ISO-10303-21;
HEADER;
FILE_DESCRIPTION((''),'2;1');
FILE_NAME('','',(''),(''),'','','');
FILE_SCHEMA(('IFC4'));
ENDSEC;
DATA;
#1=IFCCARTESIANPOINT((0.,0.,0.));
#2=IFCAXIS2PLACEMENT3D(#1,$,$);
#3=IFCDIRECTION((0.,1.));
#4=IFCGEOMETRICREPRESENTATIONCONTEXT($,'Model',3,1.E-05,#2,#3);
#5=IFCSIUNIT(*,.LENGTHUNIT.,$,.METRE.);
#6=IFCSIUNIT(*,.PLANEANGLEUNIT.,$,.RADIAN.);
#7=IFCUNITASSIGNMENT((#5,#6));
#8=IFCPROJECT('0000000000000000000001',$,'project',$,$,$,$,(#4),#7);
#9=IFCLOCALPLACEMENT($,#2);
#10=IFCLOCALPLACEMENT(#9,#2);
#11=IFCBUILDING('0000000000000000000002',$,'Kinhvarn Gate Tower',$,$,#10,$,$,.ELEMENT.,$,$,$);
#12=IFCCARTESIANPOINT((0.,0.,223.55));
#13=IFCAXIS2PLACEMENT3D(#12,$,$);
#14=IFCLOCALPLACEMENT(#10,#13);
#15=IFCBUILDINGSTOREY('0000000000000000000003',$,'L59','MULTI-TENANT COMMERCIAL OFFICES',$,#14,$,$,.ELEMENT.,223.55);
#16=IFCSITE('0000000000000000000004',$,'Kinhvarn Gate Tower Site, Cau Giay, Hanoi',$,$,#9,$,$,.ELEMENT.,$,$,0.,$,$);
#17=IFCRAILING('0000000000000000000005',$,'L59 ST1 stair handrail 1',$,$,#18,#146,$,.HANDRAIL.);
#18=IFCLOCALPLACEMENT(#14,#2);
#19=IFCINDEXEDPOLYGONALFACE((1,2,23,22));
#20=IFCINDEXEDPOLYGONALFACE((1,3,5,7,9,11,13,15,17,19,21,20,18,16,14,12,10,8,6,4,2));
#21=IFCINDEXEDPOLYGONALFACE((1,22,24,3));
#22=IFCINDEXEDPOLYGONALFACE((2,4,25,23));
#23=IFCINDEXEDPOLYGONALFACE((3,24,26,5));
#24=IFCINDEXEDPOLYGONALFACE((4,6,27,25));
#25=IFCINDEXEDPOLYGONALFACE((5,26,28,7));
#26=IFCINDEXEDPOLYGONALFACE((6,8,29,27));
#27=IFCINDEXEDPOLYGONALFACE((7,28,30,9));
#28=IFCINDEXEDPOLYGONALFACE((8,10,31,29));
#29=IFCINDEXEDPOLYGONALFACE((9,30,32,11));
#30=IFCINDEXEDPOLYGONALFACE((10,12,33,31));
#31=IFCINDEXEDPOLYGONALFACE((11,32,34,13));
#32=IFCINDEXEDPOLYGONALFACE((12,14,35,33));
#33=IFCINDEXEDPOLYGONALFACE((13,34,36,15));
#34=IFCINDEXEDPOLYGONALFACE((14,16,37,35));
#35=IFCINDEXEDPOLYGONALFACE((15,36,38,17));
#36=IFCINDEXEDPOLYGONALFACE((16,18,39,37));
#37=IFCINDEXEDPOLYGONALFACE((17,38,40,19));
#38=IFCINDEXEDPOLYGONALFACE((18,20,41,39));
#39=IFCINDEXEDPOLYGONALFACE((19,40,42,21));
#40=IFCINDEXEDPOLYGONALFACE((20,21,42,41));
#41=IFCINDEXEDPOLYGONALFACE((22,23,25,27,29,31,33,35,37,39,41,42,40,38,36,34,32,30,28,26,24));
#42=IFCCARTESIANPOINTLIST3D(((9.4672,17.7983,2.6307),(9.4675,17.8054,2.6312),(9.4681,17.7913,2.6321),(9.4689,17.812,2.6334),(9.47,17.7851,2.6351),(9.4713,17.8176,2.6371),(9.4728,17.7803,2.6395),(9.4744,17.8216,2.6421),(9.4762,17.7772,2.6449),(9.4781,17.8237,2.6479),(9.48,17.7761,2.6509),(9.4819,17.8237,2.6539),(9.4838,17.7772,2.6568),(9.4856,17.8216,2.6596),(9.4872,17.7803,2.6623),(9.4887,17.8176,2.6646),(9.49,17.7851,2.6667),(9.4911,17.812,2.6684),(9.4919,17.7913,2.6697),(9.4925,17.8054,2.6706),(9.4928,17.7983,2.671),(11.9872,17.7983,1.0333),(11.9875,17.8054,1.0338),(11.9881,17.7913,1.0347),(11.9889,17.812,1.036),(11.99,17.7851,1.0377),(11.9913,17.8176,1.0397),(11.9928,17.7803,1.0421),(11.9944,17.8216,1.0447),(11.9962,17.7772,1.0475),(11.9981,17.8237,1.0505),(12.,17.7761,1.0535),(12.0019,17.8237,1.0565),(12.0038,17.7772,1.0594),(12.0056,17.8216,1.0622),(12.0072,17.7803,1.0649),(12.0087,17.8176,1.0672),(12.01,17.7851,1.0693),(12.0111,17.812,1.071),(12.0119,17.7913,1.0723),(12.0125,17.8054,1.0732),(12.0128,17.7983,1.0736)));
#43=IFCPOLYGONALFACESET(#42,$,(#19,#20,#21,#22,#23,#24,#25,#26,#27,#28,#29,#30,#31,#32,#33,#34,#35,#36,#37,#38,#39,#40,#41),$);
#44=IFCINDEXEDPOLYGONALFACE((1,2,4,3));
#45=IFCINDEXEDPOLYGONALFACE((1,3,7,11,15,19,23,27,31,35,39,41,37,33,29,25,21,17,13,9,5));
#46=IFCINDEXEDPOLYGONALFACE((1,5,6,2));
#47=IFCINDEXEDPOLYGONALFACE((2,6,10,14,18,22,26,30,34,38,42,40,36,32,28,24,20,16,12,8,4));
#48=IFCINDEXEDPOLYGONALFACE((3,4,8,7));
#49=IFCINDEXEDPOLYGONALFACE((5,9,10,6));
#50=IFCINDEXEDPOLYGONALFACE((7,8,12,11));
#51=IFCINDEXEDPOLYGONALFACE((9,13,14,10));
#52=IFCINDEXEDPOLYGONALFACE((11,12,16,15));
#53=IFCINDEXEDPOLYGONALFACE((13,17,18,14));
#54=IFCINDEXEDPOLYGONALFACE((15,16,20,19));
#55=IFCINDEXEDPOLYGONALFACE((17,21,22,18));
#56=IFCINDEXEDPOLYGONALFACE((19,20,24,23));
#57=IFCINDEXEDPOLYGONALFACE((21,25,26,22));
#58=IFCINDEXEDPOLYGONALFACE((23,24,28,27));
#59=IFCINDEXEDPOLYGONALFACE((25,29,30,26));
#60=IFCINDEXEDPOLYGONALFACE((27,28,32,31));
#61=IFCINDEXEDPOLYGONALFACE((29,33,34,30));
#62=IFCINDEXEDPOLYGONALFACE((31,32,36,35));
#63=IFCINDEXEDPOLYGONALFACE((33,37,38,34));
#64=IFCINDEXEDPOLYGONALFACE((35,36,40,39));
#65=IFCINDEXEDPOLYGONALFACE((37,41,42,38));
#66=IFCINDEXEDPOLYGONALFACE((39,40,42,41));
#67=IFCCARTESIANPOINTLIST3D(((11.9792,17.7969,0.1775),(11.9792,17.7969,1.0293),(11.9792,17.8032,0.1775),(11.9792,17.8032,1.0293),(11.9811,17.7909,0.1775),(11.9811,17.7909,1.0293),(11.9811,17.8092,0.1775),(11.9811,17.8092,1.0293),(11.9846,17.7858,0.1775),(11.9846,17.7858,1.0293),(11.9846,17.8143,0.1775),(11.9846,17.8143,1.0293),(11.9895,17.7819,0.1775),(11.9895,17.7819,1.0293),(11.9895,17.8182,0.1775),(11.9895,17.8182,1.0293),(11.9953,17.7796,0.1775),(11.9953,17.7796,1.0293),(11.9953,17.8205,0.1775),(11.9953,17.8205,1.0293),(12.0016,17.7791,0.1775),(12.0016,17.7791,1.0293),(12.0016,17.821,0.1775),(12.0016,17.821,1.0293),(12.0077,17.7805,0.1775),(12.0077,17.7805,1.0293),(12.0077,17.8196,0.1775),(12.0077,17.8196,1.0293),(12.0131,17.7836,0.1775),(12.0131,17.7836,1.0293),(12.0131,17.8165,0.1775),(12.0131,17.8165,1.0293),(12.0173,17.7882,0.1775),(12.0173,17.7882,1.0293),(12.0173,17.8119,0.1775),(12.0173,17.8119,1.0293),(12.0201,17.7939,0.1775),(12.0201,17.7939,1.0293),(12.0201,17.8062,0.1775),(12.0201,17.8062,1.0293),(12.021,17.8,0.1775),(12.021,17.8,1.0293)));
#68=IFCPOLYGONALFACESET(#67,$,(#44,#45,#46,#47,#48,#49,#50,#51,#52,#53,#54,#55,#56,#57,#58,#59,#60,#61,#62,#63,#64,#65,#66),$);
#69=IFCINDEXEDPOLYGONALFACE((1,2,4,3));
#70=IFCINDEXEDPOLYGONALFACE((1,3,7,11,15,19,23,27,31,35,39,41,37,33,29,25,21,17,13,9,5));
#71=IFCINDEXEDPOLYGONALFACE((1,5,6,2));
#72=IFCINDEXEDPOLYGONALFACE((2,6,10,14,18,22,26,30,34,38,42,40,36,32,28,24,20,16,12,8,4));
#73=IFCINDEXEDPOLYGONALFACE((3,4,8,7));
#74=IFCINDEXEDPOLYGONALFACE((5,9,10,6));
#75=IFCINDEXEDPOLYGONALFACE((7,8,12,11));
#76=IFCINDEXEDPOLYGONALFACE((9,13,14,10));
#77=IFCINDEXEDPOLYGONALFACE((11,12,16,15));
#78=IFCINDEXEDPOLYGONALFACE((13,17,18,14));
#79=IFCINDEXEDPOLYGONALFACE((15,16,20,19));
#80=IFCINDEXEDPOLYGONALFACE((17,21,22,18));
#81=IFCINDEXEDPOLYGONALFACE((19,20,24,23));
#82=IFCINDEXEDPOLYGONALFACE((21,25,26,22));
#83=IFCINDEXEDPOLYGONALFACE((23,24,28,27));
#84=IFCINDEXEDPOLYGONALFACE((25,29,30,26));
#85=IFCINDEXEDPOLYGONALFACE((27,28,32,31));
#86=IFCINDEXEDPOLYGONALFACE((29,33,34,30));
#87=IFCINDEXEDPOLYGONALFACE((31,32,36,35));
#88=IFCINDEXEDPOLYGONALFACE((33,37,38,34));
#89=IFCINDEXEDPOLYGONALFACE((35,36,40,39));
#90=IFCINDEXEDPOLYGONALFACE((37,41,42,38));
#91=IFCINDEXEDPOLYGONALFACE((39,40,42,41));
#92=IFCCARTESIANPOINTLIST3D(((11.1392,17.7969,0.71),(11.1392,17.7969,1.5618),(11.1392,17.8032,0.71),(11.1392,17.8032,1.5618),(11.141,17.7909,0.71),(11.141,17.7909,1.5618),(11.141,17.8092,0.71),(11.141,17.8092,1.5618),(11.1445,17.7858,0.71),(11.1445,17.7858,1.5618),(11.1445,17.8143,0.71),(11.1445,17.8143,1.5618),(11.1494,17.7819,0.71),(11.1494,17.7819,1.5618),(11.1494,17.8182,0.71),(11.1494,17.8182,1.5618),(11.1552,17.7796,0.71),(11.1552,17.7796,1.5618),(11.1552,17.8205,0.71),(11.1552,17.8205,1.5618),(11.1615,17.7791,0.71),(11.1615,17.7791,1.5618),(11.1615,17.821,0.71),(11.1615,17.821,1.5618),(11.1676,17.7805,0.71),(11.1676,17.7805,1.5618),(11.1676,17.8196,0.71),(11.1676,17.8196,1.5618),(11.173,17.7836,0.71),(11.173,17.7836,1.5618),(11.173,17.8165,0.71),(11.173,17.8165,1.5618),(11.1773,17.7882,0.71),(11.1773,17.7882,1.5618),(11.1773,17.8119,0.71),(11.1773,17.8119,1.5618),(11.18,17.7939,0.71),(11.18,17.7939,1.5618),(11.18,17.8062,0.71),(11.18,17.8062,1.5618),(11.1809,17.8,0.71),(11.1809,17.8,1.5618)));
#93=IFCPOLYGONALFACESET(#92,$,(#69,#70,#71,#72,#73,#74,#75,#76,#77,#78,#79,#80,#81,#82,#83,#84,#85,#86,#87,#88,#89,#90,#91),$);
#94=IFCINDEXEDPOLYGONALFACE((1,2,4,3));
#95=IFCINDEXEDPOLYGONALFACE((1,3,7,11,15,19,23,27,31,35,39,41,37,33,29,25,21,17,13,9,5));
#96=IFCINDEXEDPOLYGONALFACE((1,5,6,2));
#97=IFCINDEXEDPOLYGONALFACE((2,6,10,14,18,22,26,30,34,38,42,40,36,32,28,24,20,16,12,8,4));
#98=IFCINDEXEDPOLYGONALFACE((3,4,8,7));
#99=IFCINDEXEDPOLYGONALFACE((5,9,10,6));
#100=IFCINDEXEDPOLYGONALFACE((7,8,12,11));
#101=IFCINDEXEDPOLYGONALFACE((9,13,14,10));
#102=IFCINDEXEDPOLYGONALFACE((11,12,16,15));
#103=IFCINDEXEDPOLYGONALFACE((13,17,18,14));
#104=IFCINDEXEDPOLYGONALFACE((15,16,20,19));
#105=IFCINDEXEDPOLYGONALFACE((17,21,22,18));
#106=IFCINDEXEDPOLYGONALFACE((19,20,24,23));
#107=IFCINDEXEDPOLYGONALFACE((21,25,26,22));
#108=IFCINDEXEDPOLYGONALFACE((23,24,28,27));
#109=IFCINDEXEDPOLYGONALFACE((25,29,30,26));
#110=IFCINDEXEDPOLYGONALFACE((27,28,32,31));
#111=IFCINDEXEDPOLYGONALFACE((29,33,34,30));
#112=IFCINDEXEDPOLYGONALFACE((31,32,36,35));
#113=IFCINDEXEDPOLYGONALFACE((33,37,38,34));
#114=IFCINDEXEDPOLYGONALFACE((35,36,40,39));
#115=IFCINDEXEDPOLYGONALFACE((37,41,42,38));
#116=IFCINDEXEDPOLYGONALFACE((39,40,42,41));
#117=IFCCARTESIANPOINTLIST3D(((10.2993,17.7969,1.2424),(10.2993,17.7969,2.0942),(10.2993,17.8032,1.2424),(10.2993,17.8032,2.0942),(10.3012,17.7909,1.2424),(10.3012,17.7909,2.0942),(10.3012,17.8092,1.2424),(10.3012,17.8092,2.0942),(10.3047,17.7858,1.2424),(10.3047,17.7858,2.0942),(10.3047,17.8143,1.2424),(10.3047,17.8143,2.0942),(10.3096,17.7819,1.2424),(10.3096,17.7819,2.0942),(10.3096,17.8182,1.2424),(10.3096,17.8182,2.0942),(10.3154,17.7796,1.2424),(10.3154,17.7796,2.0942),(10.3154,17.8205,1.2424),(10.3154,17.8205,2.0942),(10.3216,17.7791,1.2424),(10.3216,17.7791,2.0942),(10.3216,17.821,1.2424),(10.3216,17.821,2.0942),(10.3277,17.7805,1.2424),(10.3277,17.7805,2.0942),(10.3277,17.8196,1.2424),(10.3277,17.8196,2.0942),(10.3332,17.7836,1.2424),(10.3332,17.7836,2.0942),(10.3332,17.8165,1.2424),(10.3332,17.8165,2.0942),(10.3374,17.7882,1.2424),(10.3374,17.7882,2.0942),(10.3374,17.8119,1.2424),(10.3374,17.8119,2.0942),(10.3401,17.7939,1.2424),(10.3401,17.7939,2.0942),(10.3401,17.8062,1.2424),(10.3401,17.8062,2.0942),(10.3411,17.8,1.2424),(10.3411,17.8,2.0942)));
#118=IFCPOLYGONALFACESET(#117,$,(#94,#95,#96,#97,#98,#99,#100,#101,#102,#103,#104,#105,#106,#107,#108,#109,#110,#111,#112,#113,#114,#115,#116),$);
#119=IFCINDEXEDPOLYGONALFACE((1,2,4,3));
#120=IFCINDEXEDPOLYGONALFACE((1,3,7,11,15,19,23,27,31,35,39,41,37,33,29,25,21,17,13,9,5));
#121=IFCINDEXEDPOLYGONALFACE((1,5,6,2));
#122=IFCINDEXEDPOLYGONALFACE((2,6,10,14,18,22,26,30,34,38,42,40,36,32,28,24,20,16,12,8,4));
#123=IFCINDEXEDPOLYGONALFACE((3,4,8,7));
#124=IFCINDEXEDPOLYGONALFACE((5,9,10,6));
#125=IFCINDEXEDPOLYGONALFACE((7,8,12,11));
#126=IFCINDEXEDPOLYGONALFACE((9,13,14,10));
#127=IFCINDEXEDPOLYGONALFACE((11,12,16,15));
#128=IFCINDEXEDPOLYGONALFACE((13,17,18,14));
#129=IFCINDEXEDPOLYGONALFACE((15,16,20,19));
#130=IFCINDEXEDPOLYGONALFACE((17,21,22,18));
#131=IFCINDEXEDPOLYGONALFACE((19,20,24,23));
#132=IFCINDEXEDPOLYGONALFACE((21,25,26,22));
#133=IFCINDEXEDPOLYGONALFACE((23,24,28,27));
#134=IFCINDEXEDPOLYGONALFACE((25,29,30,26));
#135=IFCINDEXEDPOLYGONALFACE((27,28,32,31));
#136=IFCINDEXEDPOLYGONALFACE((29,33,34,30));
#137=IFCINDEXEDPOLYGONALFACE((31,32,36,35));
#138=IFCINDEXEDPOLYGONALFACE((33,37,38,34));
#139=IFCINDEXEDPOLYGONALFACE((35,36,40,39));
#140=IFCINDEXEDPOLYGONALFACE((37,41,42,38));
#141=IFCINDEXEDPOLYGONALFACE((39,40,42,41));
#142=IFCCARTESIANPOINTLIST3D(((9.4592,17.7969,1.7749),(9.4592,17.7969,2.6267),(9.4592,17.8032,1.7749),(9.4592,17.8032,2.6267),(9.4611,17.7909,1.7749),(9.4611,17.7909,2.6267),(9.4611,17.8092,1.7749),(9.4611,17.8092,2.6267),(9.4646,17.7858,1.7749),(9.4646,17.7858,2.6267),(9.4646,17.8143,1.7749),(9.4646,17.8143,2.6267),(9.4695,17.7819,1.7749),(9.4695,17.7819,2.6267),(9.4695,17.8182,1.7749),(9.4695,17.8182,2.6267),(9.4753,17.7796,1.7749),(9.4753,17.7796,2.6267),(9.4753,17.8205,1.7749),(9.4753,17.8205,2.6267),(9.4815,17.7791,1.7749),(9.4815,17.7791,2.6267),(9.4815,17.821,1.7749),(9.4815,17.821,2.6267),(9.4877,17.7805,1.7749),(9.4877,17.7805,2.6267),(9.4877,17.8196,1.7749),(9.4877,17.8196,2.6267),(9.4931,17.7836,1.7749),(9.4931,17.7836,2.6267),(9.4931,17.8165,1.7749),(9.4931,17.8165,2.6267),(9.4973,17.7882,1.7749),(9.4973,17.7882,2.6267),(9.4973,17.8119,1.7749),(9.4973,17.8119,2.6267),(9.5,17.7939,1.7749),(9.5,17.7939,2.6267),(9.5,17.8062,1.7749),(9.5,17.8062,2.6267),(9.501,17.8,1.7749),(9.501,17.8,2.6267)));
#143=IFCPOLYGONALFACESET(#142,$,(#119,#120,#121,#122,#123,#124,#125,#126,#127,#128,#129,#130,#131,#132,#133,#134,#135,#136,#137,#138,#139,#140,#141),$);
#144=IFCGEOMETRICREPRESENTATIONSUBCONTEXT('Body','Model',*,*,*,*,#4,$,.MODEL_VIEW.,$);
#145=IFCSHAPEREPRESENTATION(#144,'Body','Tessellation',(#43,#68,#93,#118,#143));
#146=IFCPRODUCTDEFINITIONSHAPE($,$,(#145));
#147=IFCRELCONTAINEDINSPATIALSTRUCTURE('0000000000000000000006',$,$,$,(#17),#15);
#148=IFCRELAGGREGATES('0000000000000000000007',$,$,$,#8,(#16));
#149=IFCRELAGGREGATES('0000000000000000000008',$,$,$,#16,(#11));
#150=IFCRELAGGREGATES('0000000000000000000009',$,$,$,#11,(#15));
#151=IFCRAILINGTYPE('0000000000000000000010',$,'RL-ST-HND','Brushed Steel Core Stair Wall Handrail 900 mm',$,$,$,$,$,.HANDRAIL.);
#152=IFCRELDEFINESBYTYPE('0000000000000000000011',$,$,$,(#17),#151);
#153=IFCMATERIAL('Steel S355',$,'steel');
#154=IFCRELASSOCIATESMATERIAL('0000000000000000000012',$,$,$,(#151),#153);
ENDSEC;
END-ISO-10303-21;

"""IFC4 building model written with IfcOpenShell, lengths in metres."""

from ifc_helpers import new_model, si_unit, direction, frame, origin, origin_2d, place, context, subcontext, project, spatial, circle, extrude, material, type_object, element, save


model = new_model("IFC4")

# Units and contexts
model_context = context("Model", 3, precision=1e-05, world=origin(), true_north=direction((0.0, 1.0)))
body_context = subcontext(model_context, "Body", "Model", "MODEL_VIEW")
ifc_project = project(units=[si_unit("LENGTHUNIT", "METRE"), si_unit("PLANEANGLEUNIT", "RADIAN")], contexts=[model_context])

# Site, building, storey
site_placement = place(None, origin())
site = spatial("IfcSite", under=ifc_project, at=site_placement, Name="Kinhvarn Gate Tower Site, Cau Giay, Hanoi", CompositionType="ELEMENT", RefElevation=0.0)
building_placement = place(site_placement, origin())
building = spatial("IfcBuilding", under=site, at=building_placement, Name="Kinhvarn Gate Tower", CompositionType="ELEMENT")
storey_placement = place(building_placement, frame((0.0, 0.0, 223.55)))
storey = spatial("IfcBuildingStorey", under=building, at=storey_placement, Name="L59", Description="MULTI-TENANT COMMERCIAL OFFICES", CompositionType="ELEMENT", Elevation=223.55)

# Shared definitions
ifc_material_1 = material(Name="Steel S355", Category="steel")

# Railing
railing_type_1 = type_object("IfcRailingType", Name="RL-ST-HND", Description="Brushed Steel Core Stair Wall Handrail 900 mm", PredefinedType="HANDRAIL", material=ifc_material_1)
railing_1_placement = place(storey_placement, frame((12.0, 17.8, 0.1775)))
element("IfcRailing", 1, at=railing_1_placement, inside=storey, type_object=railing_type_1, Name="L59 ST1 stair handrail 1", PredefinedType="HANDRAIL", context=body_context, shape_type="SweptSolid", body=[
    extrude(circle(Radius=0.0239, at=origin_2d()), frame((0.0, 0.0, 0.876), z_axis=(-0.844607, 0.0, 0.535387), x_axis=(0.0, -1.0, 0.0)), (0.0, 0.0, 1.0), 2.9836),
    extrude(circle(Radius=0.021, at=origin_2d()), origin(), (0.0, 0.0, 1.0), 0.8518),
    extrude(circle(Radius=0.021, at=origin_2d()), frame((-0.8401, 0.0, 0.5325)), (0.0, 0.0, 1.0), 0.8518),
    extrude(circle(Radius=0.021, at=origin_2d()), frame((-1.6799, 0.0, 1.0649)), (0.0, 0.0, 1.0), 0.8518),
    extrude(circle(Radius=0.021, at=origin_2d()), frame((-2.52, 0.0, 1.5974)), (0.0, 0.0, 1.0), 0.8518),
])

save(model, "model.ifc")
